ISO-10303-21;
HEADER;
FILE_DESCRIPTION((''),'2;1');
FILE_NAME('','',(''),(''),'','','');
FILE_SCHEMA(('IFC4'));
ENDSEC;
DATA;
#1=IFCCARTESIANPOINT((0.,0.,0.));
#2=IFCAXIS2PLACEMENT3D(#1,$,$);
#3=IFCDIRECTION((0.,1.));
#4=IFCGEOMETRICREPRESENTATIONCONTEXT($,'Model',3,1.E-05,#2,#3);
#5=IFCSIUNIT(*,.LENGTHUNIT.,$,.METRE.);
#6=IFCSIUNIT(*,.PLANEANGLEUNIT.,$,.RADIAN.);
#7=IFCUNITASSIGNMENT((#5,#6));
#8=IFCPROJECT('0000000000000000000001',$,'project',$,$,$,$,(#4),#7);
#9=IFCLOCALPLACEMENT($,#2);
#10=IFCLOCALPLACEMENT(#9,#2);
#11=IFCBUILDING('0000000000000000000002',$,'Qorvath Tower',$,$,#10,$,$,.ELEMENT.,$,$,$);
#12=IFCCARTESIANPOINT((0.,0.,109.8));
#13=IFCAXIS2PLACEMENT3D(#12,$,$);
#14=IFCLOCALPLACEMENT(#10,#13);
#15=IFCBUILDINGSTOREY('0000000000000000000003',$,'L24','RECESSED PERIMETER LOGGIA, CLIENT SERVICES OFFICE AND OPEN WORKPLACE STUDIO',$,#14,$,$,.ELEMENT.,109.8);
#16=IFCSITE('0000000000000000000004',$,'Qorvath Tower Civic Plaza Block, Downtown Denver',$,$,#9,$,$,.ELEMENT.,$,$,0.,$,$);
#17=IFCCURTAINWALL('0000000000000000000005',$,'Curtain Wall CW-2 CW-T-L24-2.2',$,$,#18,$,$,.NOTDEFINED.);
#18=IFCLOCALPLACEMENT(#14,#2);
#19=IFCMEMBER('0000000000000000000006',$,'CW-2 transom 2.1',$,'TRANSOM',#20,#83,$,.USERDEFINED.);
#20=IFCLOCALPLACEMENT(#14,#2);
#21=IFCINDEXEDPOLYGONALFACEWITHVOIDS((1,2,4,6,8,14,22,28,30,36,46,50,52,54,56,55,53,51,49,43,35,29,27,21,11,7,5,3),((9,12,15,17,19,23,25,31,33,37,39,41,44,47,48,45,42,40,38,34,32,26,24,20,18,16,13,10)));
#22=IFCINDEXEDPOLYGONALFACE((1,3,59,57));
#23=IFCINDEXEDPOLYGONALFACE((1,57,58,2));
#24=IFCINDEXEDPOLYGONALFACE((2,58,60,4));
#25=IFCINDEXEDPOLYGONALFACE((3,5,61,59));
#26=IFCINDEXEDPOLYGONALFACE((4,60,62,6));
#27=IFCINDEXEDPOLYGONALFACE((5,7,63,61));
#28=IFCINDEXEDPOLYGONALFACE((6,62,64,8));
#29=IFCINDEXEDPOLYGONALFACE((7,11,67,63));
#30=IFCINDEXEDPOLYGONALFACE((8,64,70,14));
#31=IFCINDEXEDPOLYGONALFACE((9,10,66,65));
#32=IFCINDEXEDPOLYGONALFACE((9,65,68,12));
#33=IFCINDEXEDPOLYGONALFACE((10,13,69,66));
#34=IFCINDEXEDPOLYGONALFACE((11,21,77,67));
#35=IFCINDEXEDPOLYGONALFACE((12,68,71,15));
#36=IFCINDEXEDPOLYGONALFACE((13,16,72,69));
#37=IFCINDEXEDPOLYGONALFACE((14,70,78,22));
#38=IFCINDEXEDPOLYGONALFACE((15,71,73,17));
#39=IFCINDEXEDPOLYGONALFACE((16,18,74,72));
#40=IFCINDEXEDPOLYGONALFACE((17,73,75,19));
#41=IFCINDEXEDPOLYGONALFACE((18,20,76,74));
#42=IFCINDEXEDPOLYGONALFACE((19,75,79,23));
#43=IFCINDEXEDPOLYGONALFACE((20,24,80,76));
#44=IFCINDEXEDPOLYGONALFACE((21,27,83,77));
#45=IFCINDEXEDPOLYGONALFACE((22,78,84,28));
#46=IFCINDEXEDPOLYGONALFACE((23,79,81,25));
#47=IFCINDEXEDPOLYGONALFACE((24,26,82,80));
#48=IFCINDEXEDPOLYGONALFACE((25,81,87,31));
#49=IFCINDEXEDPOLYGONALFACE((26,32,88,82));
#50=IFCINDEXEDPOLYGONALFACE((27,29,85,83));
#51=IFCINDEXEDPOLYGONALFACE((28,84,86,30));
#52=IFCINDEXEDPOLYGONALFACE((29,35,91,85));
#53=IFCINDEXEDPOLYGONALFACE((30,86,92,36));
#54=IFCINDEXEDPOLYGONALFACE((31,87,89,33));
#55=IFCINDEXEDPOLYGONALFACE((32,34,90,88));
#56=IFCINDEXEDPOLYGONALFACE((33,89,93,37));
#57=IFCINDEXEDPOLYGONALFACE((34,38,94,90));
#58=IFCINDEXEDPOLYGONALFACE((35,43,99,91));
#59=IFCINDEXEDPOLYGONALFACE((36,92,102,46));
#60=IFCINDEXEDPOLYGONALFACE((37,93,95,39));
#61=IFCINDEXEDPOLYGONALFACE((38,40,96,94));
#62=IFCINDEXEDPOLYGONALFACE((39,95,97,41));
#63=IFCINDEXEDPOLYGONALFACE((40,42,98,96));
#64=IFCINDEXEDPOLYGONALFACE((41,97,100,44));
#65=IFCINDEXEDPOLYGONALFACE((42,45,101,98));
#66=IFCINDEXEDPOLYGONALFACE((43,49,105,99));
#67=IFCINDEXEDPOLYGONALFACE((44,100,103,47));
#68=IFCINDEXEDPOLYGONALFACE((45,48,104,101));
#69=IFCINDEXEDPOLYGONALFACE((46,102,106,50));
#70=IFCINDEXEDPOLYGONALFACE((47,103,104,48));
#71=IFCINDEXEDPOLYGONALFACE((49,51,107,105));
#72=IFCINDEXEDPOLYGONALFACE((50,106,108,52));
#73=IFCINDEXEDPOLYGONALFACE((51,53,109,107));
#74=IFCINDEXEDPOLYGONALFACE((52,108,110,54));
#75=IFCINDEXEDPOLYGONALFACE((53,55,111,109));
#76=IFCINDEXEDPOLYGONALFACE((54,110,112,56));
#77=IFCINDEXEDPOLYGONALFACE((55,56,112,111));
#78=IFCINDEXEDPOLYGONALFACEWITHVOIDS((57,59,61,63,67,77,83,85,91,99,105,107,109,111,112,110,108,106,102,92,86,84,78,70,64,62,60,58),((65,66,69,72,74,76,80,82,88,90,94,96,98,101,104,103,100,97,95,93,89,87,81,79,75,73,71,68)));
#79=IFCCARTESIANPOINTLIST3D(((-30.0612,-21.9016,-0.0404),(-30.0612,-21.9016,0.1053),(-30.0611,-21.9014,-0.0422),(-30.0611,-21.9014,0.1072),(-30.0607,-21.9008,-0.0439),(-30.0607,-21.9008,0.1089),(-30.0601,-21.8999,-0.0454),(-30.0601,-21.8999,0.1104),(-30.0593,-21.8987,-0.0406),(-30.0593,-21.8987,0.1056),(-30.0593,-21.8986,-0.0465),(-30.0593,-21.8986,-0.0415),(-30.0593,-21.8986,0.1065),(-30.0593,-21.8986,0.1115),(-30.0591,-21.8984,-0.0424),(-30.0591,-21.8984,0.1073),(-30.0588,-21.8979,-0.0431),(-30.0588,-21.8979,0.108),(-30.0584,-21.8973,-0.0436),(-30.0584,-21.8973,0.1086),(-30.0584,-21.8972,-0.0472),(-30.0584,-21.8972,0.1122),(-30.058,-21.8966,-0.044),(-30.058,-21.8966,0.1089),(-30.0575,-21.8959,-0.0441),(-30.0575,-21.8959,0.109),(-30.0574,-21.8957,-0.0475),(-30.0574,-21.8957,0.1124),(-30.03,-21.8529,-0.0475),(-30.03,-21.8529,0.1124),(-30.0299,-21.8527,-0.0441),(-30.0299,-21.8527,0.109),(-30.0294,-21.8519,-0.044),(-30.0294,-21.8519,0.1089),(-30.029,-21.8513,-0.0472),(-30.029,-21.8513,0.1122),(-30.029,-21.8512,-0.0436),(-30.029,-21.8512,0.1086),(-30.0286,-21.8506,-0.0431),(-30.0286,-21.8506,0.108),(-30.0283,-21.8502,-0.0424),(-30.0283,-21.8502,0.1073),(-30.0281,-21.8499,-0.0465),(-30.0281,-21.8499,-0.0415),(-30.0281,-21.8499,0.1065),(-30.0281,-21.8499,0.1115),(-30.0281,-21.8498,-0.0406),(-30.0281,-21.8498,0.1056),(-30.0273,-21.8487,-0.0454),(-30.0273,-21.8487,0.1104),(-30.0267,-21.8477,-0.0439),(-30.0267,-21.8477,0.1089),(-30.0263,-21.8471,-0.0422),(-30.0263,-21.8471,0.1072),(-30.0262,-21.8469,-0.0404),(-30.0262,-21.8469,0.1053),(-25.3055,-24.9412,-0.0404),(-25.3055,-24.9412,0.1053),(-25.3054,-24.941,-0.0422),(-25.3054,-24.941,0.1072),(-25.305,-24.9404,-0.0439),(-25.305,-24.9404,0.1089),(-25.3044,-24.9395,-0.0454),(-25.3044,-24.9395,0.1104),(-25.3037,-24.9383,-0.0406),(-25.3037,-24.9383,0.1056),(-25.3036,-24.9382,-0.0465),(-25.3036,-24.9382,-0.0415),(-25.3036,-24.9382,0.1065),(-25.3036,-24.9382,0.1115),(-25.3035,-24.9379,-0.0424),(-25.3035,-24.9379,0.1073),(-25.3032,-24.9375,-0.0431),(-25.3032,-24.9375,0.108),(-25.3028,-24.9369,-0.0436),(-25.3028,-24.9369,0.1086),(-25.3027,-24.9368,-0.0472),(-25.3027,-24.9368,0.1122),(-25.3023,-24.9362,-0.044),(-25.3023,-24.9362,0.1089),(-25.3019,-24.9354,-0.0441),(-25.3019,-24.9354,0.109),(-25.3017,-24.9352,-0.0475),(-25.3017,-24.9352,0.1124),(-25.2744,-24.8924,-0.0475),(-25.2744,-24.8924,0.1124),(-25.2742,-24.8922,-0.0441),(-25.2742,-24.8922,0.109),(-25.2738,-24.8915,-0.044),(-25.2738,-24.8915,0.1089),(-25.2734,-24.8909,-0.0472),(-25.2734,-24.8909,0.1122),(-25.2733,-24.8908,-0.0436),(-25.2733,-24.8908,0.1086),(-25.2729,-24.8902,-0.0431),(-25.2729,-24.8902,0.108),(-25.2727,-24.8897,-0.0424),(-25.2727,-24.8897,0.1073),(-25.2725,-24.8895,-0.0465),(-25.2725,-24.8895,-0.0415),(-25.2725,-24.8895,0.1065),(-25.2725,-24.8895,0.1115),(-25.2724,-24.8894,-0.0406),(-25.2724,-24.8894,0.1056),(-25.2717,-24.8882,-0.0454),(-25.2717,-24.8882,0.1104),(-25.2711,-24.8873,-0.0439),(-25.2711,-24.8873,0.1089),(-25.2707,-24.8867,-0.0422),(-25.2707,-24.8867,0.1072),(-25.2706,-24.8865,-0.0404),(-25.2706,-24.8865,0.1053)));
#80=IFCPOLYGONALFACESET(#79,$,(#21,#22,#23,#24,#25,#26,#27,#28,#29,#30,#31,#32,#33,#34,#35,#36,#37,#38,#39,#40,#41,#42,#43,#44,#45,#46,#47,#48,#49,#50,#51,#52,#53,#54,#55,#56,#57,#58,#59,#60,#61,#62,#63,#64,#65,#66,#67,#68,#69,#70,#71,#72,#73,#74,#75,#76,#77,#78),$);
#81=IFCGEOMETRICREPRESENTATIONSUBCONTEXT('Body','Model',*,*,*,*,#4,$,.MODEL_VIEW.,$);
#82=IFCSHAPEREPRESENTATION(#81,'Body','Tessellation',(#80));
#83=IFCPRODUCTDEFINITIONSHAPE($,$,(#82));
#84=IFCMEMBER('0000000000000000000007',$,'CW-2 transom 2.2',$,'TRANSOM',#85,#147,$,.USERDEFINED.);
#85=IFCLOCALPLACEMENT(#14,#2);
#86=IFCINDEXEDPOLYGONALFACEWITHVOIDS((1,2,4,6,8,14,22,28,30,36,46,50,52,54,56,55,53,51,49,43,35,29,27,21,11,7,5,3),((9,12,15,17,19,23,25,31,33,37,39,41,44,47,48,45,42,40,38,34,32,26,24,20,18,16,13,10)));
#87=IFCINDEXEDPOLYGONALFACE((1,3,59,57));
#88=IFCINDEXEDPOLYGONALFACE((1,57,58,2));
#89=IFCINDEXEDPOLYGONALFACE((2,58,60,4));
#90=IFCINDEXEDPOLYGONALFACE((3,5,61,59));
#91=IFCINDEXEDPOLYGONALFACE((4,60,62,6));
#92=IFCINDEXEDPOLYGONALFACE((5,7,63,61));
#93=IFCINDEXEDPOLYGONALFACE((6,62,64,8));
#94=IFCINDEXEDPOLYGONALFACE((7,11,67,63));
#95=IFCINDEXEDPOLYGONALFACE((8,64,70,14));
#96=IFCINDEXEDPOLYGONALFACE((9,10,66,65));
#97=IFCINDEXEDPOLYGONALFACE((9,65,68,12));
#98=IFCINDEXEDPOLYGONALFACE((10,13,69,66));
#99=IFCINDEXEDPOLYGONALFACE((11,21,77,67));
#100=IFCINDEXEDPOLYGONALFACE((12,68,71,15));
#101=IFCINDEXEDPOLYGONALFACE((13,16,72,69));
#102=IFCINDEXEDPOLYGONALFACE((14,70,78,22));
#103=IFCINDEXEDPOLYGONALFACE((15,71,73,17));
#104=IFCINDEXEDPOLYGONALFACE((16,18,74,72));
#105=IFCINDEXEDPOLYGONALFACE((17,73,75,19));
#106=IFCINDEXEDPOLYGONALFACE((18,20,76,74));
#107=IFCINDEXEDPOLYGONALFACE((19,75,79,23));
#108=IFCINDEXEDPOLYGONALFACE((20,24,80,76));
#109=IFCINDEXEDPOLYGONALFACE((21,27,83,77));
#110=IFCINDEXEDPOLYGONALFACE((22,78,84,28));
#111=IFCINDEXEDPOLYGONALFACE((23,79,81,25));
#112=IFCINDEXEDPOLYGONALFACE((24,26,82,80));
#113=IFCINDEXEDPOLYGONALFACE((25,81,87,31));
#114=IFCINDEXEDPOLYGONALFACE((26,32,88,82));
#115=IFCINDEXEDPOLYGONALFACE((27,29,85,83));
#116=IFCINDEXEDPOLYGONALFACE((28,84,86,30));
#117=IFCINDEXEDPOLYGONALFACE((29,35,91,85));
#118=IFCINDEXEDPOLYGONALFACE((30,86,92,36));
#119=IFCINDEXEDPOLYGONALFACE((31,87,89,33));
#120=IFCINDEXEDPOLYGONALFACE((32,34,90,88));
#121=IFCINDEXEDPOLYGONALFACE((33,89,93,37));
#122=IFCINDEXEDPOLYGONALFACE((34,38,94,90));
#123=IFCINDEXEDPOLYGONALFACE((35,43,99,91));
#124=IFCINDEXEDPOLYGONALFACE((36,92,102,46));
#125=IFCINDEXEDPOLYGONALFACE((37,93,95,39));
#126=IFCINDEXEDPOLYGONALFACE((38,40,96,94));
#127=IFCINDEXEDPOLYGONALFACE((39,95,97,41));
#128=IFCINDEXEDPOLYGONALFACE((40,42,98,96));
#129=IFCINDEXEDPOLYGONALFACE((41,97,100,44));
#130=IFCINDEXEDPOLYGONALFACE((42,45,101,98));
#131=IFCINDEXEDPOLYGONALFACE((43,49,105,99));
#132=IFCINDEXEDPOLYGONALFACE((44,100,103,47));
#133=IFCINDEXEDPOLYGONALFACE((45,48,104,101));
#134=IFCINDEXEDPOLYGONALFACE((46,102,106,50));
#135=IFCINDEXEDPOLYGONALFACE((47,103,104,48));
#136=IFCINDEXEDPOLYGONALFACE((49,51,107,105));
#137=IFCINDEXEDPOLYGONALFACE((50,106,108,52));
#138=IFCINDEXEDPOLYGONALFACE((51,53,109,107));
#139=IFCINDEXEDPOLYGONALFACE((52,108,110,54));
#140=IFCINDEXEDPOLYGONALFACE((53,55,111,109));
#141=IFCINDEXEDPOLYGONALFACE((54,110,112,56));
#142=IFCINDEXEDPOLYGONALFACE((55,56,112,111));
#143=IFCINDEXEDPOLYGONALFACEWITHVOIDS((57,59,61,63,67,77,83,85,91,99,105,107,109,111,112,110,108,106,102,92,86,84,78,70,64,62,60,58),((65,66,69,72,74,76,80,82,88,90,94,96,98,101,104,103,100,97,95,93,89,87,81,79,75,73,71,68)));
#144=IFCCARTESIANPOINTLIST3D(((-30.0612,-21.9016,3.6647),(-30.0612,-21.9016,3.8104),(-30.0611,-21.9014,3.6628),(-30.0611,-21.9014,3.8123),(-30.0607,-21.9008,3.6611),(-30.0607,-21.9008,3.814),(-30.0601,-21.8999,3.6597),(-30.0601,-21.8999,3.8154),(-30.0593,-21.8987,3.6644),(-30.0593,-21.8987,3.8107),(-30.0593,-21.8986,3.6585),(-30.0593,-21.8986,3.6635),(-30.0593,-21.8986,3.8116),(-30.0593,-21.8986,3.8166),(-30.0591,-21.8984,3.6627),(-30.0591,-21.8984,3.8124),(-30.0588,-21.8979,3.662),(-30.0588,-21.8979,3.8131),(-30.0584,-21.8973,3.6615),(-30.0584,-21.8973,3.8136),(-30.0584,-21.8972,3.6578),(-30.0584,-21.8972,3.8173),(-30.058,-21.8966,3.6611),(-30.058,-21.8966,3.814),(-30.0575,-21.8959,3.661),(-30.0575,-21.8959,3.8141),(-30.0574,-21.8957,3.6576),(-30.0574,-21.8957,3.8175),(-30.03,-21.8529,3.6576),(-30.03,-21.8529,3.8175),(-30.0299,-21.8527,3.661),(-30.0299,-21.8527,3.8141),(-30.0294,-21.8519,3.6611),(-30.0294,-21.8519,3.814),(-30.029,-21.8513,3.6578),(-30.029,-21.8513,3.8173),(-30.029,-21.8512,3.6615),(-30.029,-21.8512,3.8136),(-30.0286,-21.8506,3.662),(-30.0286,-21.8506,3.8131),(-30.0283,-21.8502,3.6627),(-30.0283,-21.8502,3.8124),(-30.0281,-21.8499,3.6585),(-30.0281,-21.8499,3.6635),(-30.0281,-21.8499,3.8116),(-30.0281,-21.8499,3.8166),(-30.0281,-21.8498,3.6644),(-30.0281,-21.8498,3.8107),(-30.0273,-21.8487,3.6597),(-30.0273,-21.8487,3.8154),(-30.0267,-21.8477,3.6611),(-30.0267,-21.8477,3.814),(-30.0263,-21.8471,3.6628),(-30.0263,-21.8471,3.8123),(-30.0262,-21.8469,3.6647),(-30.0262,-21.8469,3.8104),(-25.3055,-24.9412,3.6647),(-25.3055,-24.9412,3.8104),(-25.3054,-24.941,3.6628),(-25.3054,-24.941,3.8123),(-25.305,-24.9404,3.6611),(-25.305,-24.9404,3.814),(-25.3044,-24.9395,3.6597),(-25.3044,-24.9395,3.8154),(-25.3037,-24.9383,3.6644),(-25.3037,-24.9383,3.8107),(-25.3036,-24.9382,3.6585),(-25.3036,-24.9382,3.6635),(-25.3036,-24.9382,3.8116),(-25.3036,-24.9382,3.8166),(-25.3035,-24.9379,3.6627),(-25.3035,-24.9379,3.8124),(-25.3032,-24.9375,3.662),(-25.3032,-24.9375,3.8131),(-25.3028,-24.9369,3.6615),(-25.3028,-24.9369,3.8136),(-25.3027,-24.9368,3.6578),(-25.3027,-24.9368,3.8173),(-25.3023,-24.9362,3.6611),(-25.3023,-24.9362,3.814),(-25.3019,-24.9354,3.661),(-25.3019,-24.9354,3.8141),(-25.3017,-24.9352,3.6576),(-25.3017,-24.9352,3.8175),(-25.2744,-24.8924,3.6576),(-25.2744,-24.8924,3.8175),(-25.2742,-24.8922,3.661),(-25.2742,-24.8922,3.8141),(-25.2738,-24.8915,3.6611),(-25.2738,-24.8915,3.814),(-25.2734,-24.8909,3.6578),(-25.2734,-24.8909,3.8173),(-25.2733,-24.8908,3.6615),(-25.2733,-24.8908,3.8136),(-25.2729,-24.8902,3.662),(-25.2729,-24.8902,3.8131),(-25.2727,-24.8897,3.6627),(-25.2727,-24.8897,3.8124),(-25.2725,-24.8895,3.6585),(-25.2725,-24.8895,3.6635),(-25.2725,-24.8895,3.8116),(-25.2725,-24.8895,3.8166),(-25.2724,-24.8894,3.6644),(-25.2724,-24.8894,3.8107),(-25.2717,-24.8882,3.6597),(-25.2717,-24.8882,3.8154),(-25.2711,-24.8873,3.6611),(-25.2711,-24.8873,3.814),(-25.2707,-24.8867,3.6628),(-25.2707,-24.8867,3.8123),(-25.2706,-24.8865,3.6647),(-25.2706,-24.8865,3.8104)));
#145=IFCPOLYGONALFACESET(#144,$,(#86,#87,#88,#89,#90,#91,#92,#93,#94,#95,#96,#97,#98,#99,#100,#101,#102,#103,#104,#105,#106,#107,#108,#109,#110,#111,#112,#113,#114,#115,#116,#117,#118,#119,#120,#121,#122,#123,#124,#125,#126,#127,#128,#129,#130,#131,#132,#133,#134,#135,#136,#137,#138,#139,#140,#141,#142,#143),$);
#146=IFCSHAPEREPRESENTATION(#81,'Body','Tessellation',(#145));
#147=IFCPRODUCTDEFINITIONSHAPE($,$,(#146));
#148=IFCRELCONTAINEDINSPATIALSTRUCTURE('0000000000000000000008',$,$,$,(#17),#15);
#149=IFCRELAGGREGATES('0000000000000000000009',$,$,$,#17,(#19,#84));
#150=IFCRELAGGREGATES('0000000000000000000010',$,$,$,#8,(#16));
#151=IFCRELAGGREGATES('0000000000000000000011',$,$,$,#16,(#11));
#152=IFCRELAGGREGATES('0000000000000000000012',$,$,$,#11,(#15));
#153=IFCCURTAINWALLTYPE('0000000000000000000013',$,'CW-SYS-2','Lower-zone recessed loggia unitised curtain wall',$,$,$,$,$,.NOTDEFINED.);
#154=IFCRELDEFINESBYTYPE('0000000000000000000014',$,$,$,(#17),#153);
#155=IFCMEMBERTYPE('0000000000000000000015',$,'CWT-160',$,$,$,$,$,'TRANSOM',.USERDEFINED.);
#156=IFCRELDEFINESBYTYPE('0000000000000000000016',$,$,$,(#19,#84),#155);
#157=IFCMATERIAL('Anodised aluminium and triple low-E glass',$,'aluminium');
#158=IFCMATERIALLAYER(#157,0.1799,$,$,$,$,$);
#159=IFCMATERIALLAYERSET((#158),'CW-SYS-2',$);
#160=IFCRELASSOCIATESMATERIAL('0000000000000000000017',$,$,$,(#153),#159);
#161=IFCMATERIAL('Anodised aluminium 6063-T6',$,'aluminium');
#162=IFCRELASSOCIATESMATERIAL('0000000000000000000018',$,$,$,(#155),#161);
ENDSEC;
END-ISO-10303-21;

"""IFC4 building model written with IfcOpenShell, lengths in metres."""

from ifc_helpers import new_model, si_unit, direction, frame, origin, origin_2d, place, context, subcontext, project, spatial, hollow_rectangle, extrude, material, layer, layer_set, material_profile, profile_set, type_object, element, aggregate, save


model = new_model("IFC4")

# Units and contexts
model_context = context("Model", 3, precision=1e-05, world=origin(), true_north=direction((0.0, 1.0)))
body_context = subcontext(model_context, "Body", "Model", "MODEL_VIEW")
ifc_project = project(units=[si_unit("LENGTHUNIT", "METRE"), si_unit("PLANEANGLEUNIT", "RADIAN")], contexts=[model_context])

# Site, building, storey
site_placement = place(None, origin())
site = spatial("IfcSite", under=ifc_project, at=site_placement, Name="Qorvath Tower Civic Plaza Block, Downtown Denver", CompositionType="ELEMENT", RefElevation=0.0)
building_placement = place(site_placement, origin())
building = spatial("IfcBuilding", under=site, at=building_placement, Name="Qorvath Tower", CompositionType="ELEMENT")
storey_placement = place(building_placement, frame((0.0, 0.0, 109.8)))
storey = spatial("IfcBuildingStorey", under=building, at=storey_placement, Name="L24", Description="RECESSED PERIMETER LOGGIA, CLIENT SERVICES OFFICE AND OPEN WORKPLACE STUDIO", CompositionType="ELEMENT", Elevation=109.8)

# Curtain wall, members
ifc_material_1 = material(Name="Anodised aluminium and triple low-E glass", Category="aluminium")
ifc_layer_1 = layer(ifc_material_1, 0.1799)
ifc_layer_set_1 = layer_set([ifc_layer_1], Name="CW-SYS-2")
curtain_wall_type = type_object("IfcCurtainWallType", Name="CW-SYS-2", Description="Lower-zone recessed loggia unitised curtain wall", PredefinedType="NOTDEFINED", material=ifc_layer_set_1)
curtain_wall_placement = place(storey_placement, origin())
curtain_wall = element("IfcCurtainWall", 1, at=curtain_wall_placement, inside=storey, type_object=curtain_wall_type, Name="Curtain Wall CW-2 CW-T-L24-2.2", PredefinedType="NOTDEFINED")
ifc_material_2 = material(Name="Anodised aluminium 6063-T6", Category="aluminium")
ifc_material_profile_1 = material_profile(ifc_material_2, hollow_rectangle(XDim=0.0649, YDim=0.1599, WallThickness=0.0034, InnerFilletRadius=0.0034, OuterFilletRadius=0.0071, at=origin_2d()), Name="CWT 160x65")
ifc_profile_set_1 = profile_set([ifc_material_profile_1], Name="Anodised aluminium 6063-T6")
member_type_1 = type_object("IfcMemberType", Name="CWT-160", ElementType="TRANSOM", PredefinedType="USERDEFINED", material=ifc_profile_set_1)
member_1_placement = place(storey_placement, frame((-30.0437, -21.8743, 0.0325), z_axis=(0.842596, -0.538545, 0.0), x_axis=(0.538545, 0.842596, 0.0)))
member_1 = element("IfcMember", 2, at=member_1_placement, type_object=member_type_1, Name="CW-2 transom 2.1", ObjectType="TRANSOM", PredefinedType="USERDEFINED", context=body_context, shape_type="SweptSolid", body=[
    extrude(hollow_rectangle(XDim=0.0649, YDim=0.1599, WallThickness=0.0034, InnerFilletRadius=0.0034, OuterFilletRadius=0.0071, at=origin_2d()), origin(), (0.0, 0.0, 1.0), 5.644),
])
member_2_placement = place(storey_placement, frame((-30.0437, -21.8743, 3.7375), z_axis=(0.842596, -0.538545, 0.0), x_axis=(0.538545, 0.842596, 0.0)))
member_2 = element("IfcMember", 3, at=member_2_placement, type_object=member_type_1, Name="CW-2 transom 2.2", ObjectType="TRANSOM", PredefinedType="USERDEFINED", context=body_context, shape_type="SweptSolid", body=[
    extrude(hollow_rectangle(XDim=0.0649, YDim=0.1599, WallThickness=0.0034, InnerFilletRadius=0.0034, OuterFilletRadius=0.0071, at=origin_2d()), origin(), (0.0, 0.0, 1.0), 5.644),
])
aggregate(curtain_wall, [member_1, member_2])

save(model, "model.ifc")
